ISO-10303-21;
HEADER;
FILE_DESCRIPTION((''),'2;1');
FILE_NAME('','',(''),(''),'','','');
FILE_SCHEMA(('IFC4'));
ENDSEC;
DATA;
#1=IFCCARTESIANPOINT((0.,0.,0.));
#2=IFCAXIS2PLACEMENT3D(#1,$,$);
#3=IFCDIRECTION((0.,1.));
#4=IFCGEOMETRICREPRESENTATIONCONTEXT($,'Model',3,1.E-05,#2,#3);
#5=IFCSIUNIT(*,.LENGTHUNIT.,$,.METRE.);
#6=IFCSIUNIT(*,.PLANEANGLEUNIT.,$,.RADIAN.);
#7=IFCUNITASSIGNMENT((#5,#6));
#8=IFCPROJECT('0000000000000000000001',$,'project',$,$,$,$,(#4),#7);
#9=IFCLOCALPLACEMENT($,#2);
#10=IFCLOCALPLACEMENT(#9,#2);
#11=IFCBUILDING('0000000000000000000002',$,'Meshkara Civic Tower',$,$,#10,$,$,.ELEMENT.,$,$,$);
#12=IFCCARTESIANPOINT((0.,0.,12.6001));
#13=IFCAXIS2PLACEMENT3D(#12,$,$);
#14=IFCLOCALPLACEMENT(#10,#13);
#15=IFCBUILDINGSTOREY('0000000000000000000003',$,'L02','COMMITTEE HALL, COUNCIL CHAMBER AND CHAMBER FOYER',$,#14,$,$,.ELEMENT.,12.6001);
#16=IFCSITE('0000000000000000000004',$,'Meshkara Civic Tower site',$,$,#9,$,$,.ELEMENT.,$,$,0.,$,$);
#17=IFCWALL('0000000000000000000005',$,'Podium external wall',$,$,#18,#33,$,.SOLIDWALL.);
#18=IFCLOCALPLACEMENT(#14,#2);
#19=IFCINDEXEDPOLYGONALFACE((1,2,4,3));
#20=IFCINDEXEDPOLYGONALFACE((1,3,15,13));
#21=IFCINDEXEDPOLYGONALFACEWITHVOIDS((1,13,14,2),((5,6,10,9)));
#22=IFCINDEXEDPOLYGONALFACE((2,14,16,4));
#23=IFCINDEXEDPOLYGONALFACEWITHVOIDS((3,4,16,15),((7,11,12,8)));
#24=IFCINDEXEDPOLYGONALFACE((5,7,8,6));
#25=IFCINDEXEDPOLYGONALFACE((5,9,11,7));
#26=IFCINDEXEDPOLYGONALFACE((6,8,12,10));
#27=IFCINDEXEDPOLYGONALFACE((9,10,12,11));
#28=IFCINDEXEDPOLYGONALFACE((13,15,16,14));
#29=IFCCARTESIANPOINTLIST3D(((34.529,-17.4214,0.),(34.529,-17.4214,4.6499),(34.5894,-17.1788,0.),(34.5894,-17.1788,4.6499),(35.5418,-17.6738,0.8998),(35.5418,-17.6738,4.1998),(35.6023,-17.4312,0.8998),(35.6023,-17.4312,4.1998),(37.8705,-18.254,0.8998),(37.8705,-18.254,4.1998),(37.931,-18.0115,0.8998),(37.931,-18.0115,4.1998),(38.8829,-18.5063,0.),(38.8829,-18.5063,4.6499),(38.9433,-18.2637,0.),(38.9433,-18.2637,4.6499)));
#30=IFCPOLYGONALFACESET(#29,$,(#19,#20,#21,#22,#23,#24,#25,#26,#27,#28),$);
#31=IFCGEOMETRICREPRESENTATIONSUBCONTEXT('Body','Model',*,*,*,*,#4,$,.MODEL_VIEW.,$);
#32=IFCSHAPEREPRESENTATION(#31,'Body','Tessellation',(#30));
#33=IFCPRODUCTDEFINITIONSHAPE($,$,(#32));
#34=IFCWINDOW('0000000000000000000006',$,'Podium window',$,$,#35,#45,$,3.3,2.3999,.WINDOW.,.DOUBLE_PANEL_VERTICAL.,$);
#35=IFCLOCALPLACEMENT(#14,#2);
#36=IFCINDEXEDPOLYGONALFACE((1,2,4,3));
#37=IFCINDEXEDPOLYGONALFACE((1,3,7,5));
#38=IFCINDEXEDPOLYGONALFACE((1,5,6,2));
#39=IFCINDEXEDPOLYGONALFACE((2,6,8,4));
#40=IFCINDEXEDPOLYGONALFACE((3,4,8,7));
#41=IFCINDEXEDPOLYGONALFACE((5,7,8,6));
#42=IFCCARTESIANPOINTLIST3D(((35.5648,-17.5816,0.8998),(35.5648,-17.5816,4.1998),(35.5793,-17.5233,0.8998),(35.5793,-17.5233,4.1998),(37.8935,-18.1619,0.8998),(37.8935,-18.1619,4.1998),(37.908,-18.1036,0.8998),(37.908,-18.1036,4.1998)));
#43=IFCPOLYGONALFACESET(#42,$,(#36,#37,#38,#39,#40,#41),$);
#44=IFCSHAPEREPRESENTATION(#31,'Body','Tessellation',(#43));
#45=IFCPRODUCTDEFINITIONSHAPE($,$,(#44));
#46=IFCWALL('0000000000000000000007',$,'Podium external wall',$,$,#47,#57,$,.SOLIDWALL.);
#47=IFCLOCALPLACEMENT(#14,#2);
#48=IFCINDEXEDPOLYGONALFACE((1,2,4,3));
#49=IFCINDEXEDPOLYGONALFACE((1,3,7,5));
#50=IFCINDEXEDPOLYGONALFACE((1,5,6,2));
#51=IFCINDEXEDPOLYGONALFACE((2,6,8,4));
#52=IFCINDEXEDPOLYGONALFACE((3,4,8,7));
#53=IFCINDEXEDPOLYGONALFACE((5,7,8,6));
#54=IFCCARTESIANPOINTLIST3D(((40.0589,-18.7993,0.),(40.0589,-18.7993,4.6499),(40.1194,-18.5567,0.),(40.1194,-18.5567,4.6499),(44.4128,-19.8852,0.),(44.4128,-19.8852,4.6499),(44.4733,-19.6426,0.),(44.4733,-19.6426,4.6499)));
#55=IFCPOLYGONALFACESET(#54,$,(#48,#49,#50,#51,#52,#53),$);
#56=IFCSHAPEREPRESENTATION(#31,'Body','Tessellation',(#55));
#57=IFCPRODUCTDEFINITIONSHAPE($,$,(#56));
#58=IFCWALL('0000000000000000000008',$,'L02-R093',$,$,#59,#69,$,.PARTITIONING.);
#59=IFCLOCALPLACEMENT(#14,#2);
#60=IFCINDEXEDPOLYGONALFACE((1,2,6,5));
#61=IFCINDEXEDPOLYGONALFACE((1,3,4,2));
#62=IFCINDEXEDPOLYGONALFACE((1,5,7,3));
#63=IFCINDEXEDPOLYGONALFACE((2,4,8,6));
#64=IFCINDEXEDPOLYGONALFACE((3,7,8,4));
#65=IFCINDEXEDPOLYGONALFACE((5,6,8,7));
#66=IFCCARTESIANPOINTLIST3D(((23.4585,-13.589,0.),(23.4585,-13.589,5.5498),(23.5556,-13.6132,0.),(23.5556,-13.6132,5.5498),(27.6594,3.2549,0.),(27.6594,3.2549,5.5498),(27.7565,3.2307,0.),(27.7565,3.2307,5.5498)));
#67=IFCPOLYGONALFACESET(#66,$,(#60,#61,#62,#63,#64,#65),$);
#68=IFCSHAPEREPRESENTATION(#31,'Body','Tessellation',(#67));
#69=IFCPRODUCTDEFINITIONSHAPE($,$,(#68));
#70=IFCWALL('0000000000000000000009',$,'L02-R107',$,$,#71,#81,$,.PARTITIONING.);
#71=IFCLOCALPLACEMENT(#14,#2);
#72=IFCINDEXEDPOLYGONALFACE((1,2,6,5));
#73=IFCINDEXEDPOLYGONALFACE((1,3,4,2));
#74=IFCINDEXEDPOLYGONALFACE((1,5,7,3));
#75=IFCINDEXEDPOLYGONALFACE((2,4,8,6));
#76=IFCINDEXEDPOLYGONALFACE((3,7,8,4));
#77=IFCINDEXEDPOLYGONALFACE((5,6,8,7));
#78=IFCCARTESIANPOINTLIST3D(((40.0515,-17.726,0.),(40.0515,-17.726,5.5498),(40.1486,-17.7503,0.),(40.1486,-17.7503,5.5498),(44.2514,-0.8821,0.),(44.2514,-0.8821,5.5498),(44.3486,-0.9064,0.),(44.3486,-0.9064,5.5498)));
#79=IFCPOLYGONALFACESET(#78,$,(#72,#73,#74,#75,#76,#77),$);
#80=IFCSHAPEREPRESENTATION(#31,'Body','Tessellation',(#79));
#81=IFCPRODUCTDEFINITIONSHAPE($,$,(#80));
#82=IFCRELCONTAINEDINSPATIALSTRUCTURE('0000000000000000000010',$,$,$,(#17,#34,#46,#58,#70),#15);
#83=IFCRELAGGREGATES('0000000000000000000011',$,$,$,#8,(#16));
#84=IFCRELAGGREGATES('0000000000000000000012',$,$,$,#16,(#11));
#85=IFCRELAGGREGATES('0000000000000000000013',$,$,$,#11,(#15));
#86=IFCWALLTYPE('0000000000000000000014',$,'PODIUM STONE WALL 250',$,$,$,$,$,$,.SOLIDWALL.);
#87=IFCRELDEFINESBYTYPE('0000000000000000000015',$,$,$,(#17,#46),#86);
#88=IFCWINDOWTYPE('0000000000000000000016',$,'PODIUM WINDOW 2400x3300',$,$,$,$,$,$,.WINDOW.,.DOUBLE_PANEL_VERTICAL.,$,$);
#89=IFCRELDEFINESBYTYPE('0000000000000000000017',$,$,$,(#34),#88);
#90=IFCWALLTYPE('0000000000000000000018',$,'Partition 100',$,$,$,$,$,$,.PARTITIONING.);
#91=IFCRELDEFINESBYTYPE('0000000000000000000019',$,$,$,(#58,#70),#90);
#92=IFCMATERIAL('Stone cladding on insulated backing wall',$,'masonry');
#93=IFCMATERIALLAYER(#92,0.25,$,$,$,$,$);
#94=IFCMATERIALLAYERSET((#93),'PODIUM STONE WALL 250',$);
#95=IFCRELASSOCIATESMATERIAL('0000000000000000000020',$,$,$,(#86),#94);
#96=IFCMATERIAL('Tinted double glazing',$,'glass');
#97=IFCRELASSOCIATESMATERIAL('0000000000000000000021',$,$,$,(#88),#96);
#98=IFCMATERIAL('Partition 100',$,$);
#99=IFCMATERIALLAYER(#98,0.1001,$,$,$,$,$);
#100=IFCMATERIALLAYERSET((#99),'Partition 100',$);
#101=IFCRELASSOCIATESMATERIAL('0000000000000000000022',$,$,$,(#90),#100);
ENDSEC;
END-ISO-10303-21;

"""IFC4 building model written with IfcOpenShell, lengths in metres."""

from ifc_helpers import new_model, si_unit, direction, frame, frame_2d, origin, place, context, subcontext, project, spatial, rectangle, extrude, material, layer, layer_set, type_object, element, fill, save


model = new_model("IFC4")

# Units and contexts
model_context = context("Model", 3, precision=1e-05, world=origin(), true_north=direction((0.0, 1.0)))
body_context = subcontext(model_context, "Body", "Model", "MODEL_VIEW")
ifc_project = project(units=[si_unit("LENGTHUNIT", "METRE"), si_unit("PLANEANGLEUNIT", "RADIAN")], contexts=[model_context])

# Site, building, storey
site_placement = place(None, origin())
site = spatial("IfcSite", under=ifc_project, at=site_placement, Name="Meshkara Civic Tower site", CompositionType="ELEMENT", RefElevation=0.0)
building_placement = place(site_placement, origin())
building = spatial("IfcBuilding", under=site, at=building_placement, Name="Meshkara Civic Tower", CompositionType="ELEMENT")
storey_placement = place(building_placement, frame((0.0, 0.0, 12.6001)))
storey = spatial("IfcBuildingStorey", under=building, at=storey_placement, Name="L02", Description="COMMITTEE HALL, COUNCIL CHAMBER AND CHAMBER FOYER", CompositionType="ELEMENT", Elevation=12.6001)

# Shared definitions
ifc_material_1 = material(Name="Stone cladding on insulated backing wall", Category="masonry")
ifc_layer_1 = layer(ifc_material_1, 0.25)
ifc_layer_set_1 = layer_set([ifc_layer_1], Name="PODIUM STONE WALL 250")
wall_type_1 = type_object("IfcWallType", Name="PODIUM STONE WALL 250", PredefinedType="SOLIDWALL", material=ifc_layer_set_1)
ifc_material_2 = material(Name="Tinted double glazing", Category="glass")
window_type = type_object("IfcWindowType", Name="PODIUM WINDOW 2400x3300", PartitioningType="DOUBLE_PANEL_VERTICAL", PredefinedType="WINDOW", material=ifc_material_2)

# Wall, opening, window
wall_1_placement = place(storey_placement, frame((34.5591, -17.3, 0.0), z_axis=(0.0, 0.0, 1.0), x_axis=(0.970328, -0.241793, 0.0)))
wall_1 = element("IfcWall", 1, at=wall_1_placement, inside=storey, type_object=wall_type_1, Name="Podium external wall", PredefinedType="SOLIDWALL", context=body_context, shape_type="SweptSolid", body=[
    extrude(rectangle(XDim=4.4871, YDim=0.25, at=frame_2d((2.2437, 0.0))), origin(), (0.0, 0.0, 1.0), 4.6499),
])
opening_1_placement = place(wall_1_placement, frame((1.0439, 0.0, 0.8999)))
opening_1 = element("IfcOpeningElement", 2, at=opening_1_placement, cuts=wall_1, PredefinedType="OPENING", context=body_context, shape_type="SweptSolid", body=[
    extrude(rectangle(XDim=2.3999, YDim=3.3, at=frame_2d((1.2, 1.6499))), frame((0.0, 0.135, 0.0), z_axis=(0.0, -1.0, 0.0), x_axis=(1.0, 0.0, 0.0)), (0.0, 0.0, 1.0), 0.27),
])
window_1_placement = place(opening_1_placement, origin())
window_1 = element("IfcWindow", 3, at=window_1_placement, inside=storey, type_object=window_type, Name="Podium window", OverallHeight=3.3, OverallWidth=2.3999, PartitioningType="DOUBLE_PANEL_VERTICAL", PredefinedType="WINDOW", context=body_context, shape_type="SweptSolid", body=[
    extrude(rectangle(XDim=2.3999, YDim=3.3, at=frame_2d((1.2, 1.6499))), frame((0.0, 0.03, 0.0), z_axis=(0.0, -1.0, 0.0), x_axis=(1.0, 0.0, 0.0)), (0.0, 0.0, 1.0), 0.0601),
])
fill(opening_1, window_1)

# Walls
wall_2_placement = place(storey_placement, frame((40.0891, -18.678, 0.0), z_axis=(0.0, 0.0, 1.0), x_axis=(0.970277, -0.241998, 0.0)))
element("IfcWall", 4, at=wall_2_placement, inside=storey, type_object=wall_type_1, Name="Podium external wall", PredefinedType="SOLIDWALL", context=body_context, shape_type="SweptSolid", body=[
    extrude(rectangle(XDim=4.4873, YDim=0.25, at=frame_2d((2.2437, 0.0))), origin(), (0.0, 0.0, 1.0), 4.6499),
])
ifc_material_3 = material(Name="Partition 100")
ifc_layer_2 = layer(ifc_material_3, 0.1001)
ifc_layer_set_2 = layer_set([ifc_layer_2], Name="Partition 100")
wall_type_2 = type_object("IfcWallType", Name="Partition 100", PredefinedType="PARTITIONING", material=ifc_layer_set_2)
wall_3_placement = place(storey_placement, frame((23.5071, -13.6011, 0.0), z_axis=(0.0, 0.0, 1.0), x_axis=(0.24199, 0.970279, 0.0)))
element("IfcWall", 5, at=wall_3_placement, inside=storey, type_object=wall_type_2, Name="L02-R093", PredefinedType="PARTITIONING", context=body_context, shape_type="SweptSolid", body=[
    extrude(rectangle(XDim=17.3599, YDim=0.1001, at=frame_2d((8.6799, 0.0))), origin(), (0.0, 0.0, 1.0), 5.5498),
])
wall_4_placement = place(storey_placement, frame((40.1001, -17.738, 0.0), z_axis=(0.0, 0.0, 1.0), x_axis=(0.241937, 0.970292, 0.0)))
element("IfcWall", 6, at=wall_4_placement, inside=storey, type_object=wall_type_2, Name="L02-R107", PredefinedType="PARTITIONING", context=body_context, shape_type="SweptSolid", body=[
    extrude(rectangle(XDim=17.3596, YDim=0.1001, at=frame_2d((8.6797, 0.0))), origin(), (0.0, 0.0, 1.0), 5.5498),
])

save(model, "model.ifc")
